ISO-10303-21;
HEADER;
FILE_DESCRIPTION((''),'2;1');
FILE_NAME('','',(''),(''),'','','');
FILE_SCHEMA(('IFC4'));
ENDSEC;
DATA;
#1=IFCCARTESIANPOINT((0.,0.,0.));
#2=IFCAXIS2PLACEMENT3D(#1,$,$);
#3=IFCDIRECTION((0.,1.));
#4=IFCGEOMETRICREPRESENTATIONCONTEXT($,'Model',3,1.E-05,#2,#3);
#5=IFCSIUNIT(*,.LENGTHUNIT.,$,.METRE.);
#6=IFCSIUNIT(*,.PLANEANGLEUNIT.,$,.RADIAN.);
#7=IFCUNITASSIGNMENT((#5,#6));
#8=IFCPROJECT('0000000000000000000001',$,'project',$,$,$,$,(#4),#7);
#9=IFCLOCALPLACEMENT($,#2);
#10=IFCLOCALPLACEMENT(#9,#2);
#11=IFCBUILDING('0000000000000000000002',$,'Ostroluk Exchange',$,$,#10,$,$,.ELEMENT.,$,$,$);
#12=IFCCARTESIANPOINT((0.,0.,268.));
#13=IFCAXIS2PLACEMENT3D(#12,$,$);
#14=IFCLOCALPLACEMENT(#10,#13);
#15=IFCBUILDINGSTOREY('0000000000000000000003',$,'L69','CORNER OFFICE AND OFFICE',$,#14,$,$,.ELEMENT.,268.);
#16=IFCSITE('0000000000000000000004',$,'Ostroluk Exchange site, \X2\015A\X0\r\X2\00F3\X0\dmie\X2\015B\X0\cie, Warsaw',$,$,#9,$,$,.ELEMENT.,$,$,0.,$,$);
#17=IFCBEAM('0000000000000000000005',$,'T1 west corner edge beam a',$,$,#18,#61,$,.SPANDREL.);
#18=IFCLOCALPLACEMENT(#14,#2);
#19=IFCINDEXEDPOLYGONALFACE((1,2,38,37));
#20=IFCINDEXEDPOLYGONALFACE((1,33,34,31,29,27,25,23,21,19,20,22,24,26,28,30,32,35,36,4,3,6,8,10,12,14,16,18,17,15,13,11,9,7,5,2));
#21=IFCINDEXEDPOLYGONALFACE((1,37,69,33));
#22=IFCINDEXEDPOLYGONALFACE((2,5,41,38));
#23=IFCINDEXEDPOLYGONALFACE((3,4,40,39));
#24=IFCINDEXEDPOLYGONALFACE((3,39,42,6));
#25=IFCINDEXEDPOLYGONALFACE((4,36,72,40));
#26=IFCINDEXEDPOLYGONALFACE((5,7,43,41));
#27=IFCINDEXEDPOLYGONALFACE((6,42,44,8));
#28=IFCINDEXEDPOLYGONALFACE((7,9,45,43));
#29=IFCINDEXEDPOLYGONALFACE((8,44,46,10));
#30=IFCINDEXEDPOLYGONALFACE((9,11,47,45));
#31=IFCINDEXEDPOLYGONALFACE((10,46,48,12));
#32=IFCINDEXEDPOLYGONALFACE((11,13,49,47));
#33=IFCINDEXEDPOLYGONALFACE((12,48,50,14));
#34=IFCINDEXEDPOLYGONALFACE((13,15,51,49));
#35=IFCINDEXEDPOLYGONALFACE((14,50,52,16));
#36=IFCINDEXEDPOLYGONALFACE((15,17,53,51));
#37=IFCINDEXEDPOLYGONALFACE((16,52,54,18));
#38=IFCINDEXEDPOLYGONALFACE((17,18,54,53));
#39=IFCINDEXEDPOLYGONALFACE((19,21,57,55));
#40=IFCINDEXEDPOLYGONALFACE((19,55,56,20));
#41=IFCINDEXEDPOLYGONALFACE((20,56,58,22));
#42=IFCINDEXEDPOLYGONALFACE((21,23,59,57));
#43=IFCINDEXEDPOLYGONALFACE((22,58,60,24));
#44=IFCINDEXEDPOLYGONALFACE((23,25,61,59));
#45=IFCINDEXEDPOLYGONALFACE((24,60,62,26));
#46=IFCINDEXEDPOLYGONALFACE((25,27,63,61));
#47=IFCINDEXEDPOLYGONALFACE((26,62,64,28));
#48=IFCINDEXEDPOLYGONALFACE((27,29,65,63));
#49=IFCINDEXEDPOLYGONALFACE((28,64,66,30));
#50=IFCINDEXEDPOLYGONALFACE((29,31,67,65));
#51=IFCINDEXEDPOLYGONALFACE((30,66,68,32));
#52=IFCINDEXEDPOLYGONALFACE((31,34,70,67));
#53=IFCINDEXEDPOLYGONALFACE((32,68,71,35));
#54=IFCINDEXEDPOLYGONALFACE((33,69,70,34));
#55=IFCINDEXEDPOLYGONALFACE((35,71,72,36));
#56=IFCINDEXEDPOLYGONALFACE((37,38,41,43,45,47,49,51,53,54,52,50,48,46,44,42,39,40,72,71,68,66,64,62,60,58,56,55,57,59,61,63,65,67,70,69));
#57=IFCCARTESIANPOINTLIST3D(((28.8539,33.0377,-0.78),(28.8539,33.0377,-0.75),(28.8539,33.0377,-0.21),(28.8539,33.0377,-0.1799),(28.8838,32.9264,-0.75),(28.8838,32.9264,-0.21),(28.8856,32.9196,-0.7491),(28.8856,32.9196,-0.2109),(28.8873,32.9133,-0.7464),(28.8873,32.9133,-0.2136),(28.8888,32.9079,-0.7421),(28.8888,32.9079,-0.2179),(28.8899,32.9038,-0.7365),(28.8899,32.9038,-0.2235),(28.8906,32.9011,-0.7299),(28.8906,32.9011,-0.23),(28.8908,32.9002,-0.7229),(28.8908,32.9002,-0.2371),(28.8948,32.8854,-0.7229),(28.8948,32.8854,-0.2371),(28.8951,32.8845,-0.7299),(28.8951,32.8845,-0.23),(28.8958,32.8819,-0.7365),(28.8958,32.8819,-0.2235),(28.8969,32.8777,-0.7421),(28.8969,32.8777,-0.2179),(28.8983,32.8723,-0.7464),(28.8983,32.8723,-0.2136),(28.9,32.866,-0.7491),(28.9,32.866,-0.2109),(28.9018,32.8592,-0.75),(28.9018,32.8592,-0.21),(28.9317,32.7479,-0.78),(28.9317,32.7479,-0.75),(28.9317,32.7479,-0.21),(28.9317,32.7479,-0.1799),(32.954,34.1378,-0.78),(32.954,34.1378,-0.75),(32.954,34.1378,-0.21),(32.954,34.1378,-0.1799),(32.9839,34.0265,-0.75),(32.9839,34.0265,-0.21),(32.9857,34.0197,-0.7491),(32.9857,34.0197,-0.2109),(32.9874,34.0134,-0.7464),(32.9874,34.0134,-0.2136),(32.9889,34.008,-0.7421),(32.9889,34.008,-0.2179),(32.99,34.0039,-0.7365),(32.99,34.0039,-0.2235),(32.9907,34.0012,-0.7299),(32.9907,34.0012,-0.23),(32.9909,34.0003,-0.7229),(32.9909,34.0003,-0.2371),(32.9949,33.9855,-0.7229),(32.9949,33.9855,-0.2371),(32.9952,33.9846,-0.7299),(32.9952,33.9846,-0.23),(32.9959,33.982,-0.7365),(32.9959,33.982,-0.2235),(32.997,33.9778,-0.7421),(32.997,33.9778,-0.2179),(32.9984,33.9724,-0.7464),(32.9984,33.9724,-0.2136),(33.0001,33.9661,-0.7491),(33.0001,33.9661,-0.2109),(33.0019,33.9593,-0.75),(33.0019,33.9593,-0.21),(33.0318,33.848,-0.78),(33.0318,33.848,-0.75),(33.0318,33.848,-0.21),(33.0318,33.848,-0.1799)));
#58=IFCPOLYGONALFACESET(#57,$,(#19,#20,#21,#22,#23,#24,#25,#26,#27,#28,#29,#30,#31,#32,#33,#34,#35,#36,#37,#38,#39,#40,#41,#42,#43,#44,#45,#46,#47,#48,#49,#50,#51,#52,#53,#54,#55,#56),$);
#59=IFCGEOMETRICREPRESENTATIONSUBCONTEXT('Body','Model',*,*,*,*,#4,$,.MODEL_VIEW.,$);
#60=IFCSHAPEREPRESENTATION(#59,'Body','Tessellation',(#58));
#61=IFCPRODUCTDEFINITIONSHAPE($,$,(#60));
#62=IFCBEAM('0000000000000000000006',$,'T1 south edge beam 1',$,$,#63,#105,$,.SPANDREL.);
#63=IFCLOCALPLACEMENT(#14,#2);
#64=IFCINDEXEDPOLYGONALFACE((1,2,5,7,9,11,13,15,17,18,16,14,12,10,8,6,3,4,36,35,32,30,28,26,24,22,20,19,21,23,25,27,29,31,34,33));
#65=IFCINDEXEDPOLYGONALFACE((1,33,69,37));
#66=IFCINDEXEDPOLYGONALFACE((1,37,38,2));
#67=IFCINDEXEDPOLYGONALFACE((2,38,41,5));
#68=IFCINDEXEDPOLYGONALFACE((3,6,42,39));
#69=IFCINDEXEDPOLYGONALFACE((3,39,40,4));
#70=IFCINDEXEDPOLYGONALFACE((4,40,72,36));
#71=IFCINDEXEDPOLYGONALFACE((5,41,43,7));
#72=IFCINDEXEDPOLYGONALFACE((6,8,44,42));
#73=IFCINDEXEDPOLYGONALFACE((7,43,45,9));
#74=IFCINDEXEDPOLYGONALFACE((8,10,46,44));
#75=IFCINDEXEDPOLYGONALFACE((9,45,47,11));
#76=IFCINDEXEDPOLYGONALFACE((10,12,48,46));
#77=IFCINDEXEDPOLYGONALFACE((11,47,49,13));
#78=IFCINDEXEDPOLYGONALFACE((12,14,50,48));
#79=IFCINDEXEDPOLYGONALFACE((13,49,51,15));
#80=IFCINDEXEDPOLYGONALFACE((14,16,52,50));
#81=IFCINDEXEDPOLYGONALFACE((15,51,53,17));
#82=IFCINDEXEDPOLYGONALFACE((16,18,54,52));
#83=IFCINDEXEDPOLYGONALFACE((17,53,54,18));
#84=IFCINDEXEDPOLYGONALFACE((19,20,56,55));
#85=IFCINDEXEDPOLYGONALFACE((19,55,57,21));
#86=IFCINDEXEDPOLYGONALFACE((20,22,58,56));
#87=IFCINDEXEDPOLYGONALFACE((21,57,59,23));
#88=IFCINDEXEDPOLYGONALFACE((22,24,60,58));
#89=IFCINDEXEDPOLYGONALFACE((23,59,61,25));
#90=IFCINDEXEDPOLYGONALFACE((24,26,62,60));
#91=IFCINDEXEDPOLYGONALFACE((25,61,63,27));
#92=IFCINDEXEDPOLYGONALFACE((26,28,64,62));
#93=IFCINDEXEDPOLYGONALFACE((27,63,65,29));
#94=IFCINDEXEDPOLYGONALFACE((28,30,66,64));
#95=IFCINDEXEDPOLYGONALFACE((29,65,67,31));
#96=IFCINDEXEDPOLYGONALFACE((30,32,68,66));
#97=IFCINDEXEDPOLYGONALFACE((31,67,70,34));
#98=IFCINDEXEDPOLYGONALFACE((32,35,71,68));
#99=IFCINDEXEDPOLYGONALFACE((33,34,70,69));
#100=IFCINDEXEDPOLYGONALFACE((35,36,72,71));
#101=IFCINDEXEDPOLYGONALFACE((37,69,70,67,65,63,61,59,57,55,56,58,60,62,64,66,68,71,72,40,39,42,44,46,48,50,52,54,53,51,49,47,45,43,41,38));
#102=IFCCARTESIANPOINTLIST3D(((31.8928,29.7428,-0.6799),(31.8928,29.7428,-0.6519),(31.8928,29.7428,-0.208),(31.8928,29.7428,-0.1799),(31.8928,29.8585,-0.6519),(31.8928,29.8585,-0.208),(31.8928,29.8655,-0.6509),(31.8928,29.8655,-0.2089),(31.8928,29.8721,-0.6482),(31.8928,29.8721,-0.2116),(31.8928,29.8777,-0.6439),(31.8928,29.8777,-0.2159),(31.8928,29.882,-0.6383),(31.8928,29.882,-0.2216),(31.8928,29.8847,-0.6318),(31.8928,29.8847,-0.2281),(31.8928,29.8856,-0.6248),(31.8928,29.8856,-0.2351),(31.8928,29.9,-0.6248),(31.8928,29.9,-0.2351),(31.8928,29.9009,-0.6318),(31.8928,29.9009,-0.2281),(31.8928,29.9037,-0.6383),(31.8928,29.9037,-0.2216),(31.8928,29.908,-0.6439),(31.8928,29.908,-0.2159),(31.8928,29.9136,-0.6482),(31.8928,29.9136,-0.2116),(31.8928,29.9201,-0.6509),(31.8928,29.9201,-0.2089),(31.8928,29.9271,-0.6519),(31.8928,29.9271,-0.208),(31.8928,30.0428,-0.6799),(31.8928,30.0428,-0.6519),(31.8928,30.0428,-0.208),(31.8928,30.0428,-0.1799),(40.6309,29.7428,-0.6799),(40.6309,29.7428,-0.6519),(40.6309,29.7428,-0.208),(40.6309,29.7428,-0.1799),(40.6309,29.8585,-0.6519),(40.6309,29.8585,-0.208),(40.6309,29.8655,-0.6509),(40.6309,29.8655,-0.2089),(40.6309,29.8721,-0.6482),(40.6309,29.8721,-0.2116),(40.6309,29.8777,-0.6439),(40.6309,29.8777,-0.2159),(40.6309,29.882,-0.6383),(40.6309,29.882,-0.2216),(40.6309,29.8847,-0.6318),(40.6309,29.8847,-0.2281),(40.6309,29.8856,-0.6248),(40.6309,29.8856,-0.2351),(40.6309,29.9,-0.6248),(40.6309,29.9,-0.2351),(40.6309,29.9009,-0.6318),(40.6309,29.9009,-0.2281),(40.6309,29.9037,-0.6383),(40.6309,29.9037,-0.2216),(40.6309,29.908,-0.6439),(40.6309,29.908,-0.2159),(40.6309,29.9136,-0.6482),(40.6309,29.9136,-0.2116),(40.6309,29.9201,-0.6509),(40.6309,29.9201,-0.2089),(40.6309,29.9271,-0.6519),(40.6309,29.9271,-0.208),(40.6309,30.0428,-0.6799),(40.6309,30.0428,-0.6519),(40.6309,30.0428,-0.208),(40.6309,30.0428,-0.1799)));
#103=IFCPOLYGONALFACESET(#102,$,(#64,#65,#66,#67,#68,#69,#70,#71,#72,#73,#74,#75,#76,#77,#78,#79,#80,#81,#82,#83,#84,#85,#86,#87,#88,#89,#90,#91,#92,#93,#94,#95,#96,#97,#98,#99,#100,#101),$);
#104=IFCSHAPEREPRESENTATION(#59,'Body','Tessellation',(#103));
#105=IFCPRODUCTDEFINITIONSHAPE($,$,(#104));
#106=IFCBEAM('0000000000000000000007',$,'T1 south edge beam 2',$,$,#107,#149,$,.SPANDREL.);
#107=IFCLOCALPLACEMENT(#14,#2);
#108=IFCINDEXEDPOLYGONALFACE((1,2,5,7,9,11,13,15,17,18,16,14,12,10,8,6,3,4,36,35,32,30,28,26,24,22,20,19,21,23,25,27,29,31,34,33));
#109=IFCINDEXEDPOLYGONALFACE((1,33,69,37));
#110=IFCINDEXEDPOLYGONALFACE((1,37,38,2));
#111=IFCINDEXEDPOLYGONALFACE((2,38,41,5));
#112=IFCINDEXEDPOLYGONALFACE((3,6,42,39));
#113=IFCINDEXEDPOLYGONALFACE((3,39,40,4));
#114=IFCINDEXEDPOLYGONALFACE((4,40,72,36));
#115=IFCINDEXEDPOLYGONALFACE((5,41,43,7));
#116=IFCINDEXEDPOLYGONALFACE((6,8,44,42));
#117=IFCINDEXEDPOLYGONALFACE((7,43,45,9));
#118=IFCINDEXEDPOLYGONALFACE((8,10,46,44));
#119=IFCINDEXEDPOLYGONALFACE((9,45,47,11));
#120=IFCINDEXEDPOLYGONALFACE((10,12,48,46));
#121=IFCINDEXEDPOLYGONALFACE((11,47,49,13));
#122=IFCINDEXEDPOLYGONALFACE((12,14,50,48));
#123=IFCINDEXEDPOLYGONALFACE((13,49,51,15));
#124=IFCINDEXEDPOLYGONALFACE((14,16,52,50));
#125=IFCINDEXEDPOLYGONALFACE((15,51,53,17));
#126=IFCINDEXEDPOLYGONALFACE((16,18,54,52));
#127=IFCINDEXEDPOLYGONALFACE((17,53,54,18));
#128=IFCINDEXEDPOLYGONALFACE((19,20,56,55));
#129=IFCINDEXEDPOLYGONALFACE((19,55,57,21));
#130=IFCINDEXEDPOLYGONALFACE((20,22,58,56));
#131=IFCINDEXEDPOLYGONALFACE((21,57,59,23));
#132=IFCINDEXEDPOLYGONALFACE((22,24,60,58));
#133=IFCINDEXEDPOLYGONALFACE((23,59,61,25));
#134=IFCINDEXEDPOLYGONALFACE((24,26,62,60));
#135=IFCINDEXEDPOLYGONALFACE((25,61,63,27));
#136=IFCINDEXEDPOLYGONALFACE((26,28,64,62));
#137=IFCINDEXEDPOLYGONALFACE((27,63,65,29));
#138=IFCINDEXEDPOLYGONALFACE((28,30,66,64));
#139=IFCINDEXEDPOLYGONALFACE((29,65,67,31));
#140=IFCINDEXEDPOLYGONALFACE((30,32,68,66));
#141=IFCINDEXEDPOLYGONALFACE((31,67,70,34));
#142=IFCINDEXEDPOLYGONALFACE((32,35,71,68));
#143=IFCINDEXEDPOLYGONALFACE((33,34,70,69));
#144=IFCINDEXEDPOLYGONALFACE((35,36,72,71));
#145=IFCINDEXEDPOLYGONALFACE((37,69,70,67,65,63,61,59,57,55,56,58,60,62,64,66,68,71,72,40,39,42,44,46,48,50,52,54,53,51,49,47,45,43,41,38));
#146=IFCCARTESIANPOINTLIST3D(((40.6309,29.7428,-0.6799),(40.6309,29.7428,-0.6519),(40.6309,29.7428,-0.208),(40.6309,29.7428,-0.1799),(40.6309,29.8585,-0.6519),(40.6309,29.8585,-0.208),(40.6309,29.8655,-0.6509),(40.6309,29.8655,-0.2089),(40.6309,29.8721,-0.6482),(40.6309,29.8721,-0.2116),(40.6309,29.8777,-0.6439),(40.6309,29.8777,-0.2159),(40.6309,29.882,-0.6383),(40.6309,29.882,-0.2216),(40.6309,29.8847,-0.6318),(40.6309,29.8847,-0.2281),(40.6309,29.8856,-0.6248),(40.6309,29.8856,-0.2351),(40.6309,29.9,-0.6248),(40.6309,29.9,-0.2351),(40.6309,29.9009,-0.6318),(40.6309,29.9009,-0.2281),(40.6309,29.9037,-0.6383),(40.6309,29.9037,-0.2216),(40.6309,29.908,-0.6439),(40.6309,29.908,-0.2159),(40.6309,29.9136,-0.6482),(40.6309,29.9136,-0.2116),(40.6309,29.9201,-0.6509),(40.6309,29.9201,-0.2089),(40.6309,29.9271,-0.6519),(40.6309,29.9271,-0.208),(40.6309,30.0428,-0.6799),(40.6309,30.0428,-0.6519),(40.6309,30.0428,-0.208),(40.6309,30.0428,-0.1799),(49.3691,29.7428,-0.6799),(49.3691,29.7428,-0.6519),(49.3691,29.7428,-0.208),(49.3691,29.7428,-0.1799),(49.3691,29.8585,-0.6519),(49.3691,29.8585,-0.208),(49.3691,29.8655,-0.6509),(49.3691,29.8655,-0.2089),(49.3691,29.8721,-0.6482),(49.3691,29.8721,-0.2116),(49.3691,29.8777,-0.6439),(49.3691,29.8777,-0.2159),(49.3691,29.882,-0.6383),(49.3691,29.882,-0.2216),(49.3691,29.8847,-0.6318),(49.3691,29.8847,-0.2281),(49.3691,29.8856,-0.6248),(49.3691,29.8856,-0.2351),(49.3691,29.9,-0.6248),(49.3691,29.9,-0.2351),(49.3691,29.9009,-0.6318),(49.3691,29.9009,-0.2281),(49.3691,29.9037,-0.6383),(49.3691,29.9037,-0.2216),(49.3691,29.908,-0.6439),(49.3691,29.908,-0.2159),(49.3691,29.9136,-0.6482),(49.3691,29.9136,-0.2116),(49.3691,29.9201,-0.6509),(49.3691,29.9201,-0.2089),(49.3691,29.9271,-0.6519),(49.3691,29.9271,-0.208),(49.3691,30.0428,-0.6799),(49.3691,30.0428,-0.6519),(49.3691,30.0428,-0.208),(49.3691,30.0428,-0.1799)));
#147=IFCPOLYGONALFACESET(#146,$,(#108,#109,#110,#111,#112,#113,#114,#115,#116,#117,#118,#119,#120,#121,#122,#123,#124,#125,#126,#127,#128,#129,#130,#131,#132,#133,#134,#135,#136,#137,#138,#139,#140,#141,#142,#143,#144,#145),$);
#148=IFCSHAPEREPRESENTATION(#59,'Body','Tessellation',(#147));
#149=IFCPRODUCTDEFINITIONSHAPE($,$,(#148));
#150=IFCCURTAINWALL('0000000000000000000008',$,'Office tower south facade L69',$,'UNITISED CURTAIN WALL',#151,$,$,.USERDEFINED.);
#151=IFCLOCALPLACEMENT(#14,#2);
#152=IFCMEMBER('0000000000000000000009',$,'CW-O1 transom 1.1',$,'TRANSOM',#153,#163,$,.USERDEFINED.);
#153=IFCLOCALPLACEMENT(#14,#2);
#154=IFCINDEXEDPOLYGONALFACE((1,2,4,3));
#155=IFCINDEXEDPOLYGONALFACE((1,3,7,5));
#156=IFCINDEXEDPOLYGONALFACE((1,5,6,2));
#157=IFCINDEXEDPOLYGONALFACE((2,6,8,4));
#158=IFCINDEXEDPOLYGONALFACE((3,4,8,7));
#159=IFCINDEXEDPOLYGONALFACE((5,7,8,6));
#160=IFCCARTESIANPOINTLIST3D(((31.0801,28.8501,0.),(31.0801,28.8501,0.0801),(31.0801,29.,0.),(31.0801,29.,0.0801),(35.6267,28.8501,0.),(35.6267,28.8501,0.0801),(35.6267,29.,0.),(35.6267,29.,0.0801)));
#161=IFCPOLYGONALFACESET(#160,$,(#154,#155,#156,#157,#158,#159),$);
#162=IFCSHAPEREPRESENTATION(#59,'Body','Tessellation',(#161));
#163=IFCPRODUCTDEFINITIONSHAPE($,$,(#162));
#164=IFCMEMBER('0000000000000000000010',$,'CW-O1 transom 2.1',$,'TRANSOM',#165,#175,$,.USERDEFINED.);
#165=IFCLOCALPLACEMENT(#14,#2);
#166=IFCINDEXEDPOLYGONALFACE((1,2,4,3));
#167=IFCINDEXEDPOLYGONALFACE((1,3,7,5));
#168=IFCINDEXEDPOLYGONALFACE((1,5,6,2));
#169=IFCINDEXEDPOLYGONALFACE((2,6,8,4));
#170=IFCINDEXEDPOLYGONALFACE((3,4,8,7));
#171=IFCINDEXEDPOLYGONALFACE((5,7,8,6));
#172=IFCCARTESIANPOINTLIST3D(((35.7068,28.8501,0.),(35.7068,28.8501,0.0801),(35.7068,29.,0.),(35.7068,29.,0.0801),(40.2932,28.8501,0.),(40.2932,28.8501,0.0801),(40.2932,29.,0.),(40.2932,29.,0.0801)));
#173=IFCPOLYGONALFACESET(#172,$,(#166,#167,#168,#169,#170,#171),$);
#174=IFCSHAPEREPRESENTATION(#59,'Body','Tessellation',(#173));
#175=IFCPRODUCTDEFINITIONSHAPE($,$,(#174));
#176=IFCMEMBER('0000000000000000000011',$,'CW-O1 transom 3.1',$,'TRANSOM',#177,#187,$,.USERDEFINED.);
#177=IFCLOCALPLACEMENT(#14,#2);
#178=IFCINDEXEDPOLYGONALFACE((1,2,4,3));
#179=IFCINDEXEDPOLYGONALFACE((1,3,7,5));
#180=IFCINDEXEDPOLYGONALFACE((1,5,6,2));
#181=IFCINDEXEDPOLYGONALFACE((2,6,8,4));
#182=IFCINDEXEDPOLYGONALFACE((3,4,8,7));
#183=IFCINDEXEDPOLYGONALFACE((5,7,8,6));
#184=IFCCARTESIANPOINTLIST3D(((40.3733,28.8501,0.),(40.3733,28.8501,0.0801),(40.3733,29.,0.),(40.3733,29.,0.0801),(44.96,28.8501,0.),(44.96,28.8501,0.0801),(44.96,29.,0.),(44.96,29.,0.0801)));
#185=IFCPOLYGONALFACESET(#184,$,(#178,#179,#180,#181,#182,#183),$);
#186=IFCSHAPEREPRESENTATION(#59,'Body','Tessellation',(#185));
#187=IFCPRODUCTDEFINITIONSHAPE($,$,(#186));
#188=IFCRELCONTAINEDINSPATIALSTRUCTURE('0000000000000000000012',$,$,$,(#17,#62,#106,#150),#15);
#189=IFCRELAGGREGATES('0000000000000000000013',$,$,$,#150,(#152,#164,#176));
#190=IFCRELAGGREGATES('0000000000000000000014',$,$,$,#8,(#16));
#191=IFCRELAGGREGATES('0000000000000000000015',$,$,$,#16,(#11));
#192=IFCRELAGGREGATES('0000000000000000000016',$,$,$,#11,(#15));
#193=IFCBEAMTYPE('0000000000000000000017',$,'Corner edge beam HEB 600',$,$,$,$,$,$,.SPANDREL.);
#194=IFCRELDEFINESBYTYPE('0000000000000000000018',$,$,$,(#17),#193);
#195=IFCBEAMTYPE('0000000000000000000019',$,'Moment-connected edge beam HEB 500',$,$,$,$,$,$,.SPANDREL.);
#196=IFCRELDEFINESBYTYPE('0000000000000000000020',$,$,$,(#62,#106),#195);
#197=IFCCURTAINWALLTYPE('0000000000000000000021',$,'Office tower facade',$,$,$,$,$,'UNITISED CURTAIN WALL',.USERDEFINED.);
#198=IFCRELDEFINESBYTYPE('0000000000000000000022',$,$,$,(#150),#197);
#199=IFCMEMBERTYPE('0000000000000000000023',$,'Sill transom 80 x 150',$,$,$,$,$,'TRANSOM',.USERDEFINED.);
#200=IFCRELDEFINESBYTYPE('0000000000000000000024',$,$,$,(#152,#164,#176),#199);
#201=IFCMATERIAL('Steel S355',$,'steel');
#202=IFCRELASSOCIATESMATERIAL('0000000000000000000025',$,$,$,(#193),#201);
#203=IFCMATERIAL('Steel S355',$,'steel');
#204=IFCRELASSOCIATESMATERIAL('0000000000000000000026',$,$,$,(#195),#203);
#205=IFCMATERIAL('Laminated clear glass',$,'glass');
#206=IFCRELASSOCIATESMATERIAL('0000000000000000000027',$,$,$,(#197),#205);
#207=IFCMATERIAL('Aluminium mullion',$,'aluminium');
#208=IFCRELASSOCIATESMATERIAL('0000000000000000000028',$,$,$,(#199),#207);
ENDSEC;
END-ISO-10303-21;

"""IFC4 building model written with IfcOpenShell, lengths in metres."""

from ifc_helpers import new_model, si_unit, direction, frame, origin, origin_2d, place, context, subcontext, project, spatial, rectangle, i_section, extrude, material, material_profile, profile_set, type_object, element, aggregate, save


model = new_model("IFC4")

# Units and contexts
model_context = context("Model", 3, precision=1e-05, world=origin(), true_north=direction((0.0, 1.0)))
body_context = subcontext(model_context, "Body", "Model", "MODEL_VIEW")
ifc_project = project(units=[si_unit("LENGTHUNIT", "METRE"), si_unit("PLANEANGLEUNIT", "RADIAN")], contexts=[model_context])

# Site, building, storey
site_placement = place(None, origin())
site = spatial("IfcSite", under=ifc_project, at=site_placement, Name="Ostroluk Exchange site, Śródmieście, Warsaw", CompositionType="ELEMENT", RefElevation=0.0)
building_placement = place(site_placement, origin())
building = spatial("IfcBuilding", under=site, at=building_placement, Name="Ostroluk Exchange", CompositionType="ELEMENT")
storey_placement = place(building_placement, frame((0.0, 0.0, 268.0)))
storey = spatial("IfcBuildingStorey", under=building, at=storey_placement, Name="L69", Description="CORNER OFFICE AND OFFICE", CompositionType="ELEMENT", Elevation=268.0)

# Beams
ifc_material_1 = material(Name="Steel S355", Category="steel")
ifc_material_profile_1 = material_profile(ifc_material_1, i_section(OverallWidth=0.3, OverallDepth=0.6001, WebThickness=0.0154, FlangeThickness=0.03, FilletRadius=0.0271, at=origin_2d()), Name="HEB 600")
ifc_profile_set_1 = profile_set([ifc_material_profile_1], Name="Steel S355")
beam_type_1 = type_object("IfcBeamType", Name="Corner edge beam HEB 600", PredefinedType="SPANDREL", material=ifc_profile_set_1)
beam_1_placement = place(storey_placement, frame((32.9929, 33.9929, -0.48), z_axis=(-0.965839, -0.259144, 0.0), x_axis=(0.259144, -0.965839, 0.0)))
element("IfcBeam", 1, at=beam_1_placement, inside=storey, type_object=beam_type_1, Name="T1 west corner edge beam a", PredefinedType="SPANDREL", context=body_context, shape_type="SweptSolid", body=[
    extrude(i_section(OverallWidth=0.3, OverallDepth=0.6001, WebThickness=0.0154, FlangeThickness=0.03, FilletRadius=0.0271, at=origin_2d()), origin(), (0.0, 0.0, 1.0), 4.2451),
])
ifc_material_2 = material(Name="Steel S355", Category="steel")
ifc_material_profile_2 = material_profile(ifc_material_2, i_section(OverallWidth=0.3, OverallDepth=0.5, WebThickness=0.0144, FlangeThickness=0.0281, FilletRadius=0.0271, at=origin_2d()), Name="HEB 500")
ifc_profile_set_2 = profile_set([ifc_material_profile_2], Name="Steel S355")
beam_type_2 = type_object("IfcBeamType", Name="Moment-connected edge beam HEB 500", PredefinedType="SPANDREL", material=ifc_profile_set_2)
beam_2_placement = place(storey_placement, frame((31.8928, 29.8928, -0.4299), z_axis=(1.0, 0.0, 0.0), x_axis=(0.0, 1.0, 0.0)))
element("IfcBeam", 2, at=beam_2_placement, inside=storey, type_object=beam_type_2, Name="T1 south edge beam 1", PredefinedType="SPANDREL", context=body_context, shape_type="SweptSolid", body=[
    extrude(i_section(OverallWidth=0.3, OverallDepth=0.5, WebThickness=0.0144, FlangeThickness=0.0281, FilletRadius=0.0271, at=origin_2d()), origin(), (0.0, 0.0, 1.0), 8.738),
])
beam_3_placement = place(storey_placement, frame((40.6309, 29.8928, -0.4299), z_axis=(1.0, 0.0, 0.0), x_axis=(0.0, 1.0, 0.0)))
element("IfcBeam", 3, at=beam_3_placement, inside=storey, type_object=beam_type_2, Name="T1 south edge beam 2", PredefinedType="SPANDREL", context=body_context, shape_type="SweptSolid", body=[
    extrude(i_section(OverallWidth=0.3, OverallDepth=0.5, WebThickness=0.0144, FlangeThickness=0.0281, FilletRadius=0.0271, at=origin_2d()), origin(), (0.0, 0.0, 1.0), 8.7383),
])

# Curtain wall, members
ifc_material_3 = material(Name="Laminated clear glass", Category="glass")
curtain_wall_type = type_object("IfcCurtainWallType", Name="Office tower facade", ElementType="UNITISED CURTAIN WALL", PredefinedType="USERDEFINED", material=ifc_material_3)
curtain_wall_1_placement = place(storey_placement, origin())
curtain_wall_1 = element("IfcCurtainWall", 4, at=curtain_wall_1_placement, inside=storey, type_object=curtain_wall_type, Name="Office tower south facade L69", ObjectType="UNITISED CURTAIN WALL", PredefinedType="USERDEFINED")
ifc_material_4 = material(Name="Aluminium mullion", Category="aluminium")
ifc_material_profile_3 = material_profile(ifc_material_4, rectangle(XDim=0.1499, YDim=0.0801, at=origin_2d()), Name="Sill transom 80 x 150")
ifc_profile_set_3 = profile_set([ifc_material_profile_3], Name="Aluminium mullion")
member_type_1 = type_object("IfcMemberType", Name="Sill transom 80 x 150", ElementType="TRANSOM", PredefinedType="USERDEFINED", material=ifc_profile_set_3)
member_1_placement = place(storey_placement, frame((31.0801, 28.925, 0.04), z_axis=(1.0, 0.0, 0.0), x_axis=(0.0, 1.0, 0.0)))
member_1 = element("IfcMember", 5, at=member_1_placement, type_object=member_type_1, Name="CW-O1 transom 1.1", ObjectType="TRANSOM", PredefinedType="USERDEFINED", context=body_context, shape_type="SweptSolid", body=[
    extrude(rectangle(XDim=0.1499, YDim=0.0801, at=origin_2d()), origin(), (0.0, 0.0, 1.0), 4.5466),
])
member_2_placement = place(storey_placement, frame((35.7068, 28.925, 0.04), z_axis=(1.0, 0.0, 0.0), x_axis=(0.0, 1.0, 0.0)))
member_2 = element("IfcMember", 6, at=member_2_placement, type_object=member_type_1, Name="CW-O1 transom 2.1", ObjectType="TRANSOM", PredefinedType="USERDEFINED", context=body_context, shape_type="SweptSolid", body=[
    extrude(rectangle(XDim=0.1499, YDim=0.0801, at=origin_2d()), origin(), (0.0, 0.0, 1.0), 4.5864),
])
member_3_placement = place(storey_placement, frame((40.3733, 28.925, 0.04), z_axis=(1.0, 0.0, 0.0), x_axis=(0.0, 1.0, 0.0)))
member_3 = element("IfcMember", 7, at=member_3_placement, type_object=member_type_1, Name="CW-O1 transom 3.1", ObjectType="TRANSOM", PredefinedType="USERDEFINED", context=body_context, shape_type="SweptSolid", body=[
    extrude(rectangle(XDim=0.1499, YDim=0.0801, at=origin_2d()), origin(), (0.0, 0.0, 1.0), 4.5867),
])

aggregate(curtain_wall_1, [member_1, member_2, member_3])

save(model, "model.ifc")
